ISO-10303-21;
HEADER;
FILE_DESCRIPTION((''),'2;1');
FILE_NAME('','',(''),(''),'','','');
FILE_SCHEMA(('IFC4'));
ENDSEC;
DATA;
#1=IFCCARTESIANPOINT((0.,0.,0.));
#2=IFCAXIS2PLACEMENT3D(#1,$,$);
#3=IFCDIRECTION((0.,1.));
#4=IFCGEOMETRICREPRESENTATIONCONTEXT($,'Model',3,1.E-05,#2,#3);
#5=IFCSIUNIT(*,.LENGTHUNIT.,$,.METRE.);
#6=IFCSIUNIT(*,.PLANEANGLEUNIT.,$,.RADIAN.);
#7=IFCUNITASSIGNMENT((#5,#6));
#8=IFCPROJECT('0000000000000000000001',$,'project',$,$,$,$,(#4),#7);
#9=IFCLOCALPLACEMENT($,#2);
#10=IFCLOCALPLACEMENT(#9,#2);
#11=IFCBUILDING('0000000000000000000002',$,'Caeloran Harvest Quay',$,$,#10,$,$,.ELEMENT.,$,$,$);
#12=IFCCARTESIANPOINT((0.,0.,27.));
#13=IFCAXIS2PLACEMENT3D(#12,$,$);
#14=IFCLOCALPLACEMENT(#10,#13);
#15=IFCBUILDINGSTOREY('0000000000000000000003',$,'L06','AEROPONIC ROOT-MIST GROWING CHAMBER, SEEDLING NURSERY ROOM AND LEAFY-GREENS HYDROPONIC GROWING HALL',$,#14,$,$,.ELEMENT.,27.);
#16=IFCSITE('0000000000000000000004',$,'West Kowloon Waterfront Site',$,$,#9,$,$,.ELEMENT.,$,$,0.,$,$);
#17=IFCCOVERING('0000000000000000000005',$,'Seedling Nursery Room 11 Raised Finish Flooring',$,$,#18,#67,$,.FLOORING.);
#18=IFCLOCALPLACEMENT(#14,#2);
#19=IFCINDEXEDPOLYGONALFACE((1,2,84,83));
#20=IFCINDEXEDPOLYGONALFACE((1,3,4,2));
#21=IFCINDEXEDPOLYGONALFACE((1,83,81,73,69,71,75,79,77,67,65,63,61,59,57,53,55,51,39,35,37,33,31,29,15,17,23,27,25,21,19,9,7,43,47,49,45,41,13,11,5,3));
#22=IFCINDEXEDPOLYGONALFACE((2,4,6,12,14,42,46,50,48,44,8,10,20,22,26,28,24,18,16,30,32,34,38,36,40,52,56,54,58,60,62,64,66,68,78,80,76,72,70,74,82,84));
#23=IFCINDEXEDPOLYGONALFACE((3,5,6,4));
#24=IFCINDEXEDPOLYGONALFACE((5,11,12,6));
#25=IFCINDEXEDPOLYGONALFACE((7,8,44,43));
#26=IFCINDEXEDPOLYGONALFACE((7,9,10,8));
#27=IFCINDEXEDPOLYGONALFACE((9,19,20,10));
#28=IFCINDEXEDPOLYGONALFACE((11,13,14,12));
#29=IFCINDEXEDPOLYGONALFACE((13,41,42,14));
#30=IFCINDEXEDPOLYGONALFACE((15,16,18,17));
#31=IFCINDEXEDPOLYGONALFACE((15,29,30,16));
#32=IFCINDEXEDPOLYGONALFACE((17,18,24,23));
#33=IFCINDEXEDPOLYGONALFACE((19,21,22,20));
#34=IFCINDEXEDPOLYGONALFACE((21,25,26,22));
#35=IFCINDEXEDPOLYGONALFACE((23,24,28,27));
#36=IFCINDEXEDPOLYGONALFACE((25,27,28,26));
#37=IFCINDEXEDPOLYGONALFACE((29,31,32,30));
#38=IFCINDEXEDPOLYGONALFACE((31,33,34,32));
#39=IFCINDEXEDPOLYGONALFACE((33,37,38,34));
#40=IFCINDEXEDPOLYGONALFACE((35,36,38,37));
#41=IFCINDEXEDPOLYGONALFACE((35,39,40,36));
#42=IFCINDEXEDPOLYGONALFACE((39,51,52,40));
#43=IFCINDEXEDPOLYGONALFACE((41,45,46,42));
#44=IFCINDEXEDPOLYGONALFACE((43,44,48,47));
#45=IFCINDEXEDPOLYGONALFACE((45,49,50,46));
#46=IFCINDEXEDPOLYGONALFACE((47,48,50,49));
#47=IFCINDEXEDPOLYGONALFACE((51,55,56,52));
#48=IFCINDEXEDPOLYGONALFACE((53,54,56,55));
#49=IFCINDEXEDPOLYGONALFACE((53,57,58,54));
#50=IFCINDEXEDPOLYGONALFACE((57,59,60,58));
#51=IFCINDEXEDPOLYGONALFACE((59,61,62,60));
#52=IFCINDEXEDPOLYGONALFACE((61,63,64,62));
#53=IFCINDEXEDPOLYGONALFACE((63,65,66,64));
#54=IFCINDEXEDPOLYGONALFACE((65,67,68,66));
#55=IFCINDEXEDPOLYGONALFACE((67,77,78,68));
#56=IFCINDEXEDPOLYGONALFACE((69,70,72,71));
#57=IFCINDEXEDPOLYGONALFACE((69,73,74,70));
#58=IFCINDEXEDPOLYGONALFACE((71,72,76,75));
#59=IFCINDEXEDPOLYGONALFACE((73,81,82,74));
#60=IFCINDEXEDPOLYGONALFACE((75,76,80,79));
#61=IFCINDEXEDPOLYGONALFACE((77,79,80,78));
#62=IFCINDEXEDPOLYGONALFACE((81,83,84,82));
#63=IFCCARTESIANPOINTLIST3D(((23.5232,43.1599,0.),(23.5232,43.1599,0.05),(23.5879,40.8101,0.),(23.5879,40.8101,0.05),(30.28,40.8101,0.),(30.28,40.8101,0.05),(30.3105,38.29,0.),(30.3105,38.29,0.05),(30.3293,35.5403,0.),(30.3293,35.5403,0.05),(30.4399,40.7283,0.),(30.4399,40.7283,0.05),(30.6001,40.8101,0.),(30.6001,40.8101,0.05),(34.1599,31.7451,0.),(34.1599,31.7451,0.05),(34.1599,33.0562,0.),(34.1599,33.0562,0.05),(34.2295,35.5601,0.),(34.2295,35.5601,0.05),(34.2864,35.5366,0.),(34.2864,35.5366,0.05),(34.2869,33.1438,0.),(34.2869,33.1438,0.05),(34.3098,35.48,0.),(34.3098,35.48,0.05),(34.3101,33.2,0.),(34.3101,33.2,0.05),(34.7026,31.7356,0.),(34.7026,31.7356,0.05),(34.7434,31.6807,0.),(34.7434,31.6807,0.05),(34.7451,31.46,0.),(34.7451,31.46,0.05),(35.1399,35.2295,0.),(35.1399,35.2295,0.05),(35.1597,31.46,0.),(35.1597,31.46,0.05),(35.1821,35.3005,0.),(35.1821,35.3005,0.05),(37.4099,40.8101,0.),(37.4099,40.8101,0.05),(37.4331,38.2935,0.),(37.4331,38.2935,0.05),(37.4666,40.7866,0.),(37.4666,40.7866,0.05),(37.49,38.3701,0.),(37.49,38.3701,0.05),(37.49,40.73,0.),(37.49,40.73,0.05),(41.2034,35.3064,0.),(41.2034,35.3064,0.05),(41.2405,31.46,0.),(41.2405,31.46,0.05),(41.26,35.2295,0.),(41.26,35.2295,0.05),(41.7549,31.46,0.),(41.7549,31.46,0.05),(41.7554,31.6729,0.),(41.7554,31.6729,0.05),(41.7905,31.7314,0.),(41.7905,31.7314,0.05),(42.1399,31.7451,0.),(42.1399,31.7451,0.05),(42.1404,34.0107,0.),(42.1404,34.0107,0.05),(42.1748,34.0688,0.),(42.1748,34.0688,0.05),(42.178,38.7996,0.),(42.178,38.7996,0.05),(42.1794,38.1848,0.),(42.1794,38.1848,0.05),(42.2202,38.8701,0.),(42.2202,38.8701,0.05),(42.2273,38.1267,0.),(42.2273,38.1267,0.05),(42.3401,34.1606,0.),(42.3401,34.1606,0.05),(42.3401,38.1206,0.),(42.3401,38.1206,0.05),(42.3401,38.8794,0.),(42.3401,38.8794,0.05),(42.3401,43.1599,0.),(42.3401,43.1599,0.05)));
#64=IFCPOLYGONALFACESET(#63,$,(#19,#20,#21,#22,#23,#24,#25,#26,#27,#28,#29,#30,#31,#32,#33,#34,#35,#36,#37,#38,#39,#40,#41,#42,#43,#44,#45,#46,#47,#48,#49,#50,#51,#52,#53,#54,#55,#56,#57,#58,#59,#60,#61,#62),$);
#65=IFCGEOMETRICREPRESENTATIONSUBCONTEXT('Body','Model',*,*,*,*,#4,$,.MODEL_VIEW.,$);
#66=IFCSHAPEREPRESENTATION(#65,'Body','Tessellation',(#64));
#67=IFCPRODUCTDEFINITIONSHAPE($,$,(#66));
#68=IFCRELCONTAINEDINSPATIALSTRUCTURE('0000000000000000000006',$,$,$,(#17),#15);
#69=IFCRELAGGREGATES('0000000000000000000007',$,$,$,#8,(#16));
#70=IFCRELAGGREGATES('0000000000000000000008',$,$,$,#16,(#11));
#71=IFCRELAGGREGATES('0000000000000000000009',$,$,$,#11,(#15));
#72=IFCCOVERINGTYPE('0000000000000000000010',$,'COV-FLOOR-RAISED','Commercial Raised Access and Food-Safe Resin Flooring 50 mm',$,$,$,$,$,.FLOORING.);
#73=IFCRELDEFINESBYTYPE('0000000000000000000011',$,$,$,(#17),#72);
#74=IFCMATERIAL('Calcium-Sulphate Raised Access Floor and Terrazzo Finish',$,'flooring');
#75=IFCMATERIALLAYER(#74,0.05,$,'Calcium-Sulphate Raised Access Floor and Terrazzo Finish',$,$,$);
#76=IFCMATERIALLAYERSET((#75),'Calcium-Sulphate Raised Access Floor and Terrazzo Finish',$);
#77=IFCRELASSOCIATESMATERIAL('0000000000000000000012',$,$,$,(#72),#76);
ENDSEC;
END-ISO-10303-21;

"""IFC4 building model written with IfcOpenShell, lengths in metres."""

from ifc_helpers import new_model, si_unit, direction, frame, origin, place, context, subcontext, project, spatial, polyline, outline, extrude, material, layer, layer_set, type_object, element, save


model = new_model("IFC4")

# Units and contexts
model_context = context("Model", 3, precision=1e-05, world=origin(), true_north=direction((0.0, 1.0)))
body_context = subcontext(model_context, "Body", "Model", "MODEL_VIEW")
ifc_project = project(units=[si_unit("LENGTHUNIT", "METRE"), si_unit("PLANEANGLEUNIT", "RADIAN")], contexts=[model_context])

# Site, building, storey
site_placement = place(None, origin())
site = spatial("IfcSite", under=ifc_project, at=site_placement, Name="West Kowloon Waterfront Site", CompositionType="ELEMENT", RefElevation=0.0)
building_placement = place(site_placement, origin())
building = spatial("IfcBuilding", under=site, at=building_placement, Name="Caeloran Harvest Quay", CompositionType="ELEMENT")
storey_placement = place(building_placement, frame((0.0, 0.0, 27.0)))
storey = spatial("IfcBuildingStorey", under=building, at=storey_placement, Name="L06", Description="AEROPONIC ROOT-MIST GROWING CHAMBER, SEEDLING NURSERY ROOM AND LEAFY-GREENS HYDROPONIC GROWING HALL", CompositionType="ELEMENT", Elevation=27.0)

# Covering
ifc_material_1 = material(Name="Calcium-Sulphate Raised Access Floor and Terrazzo Finish", Category="flooring")
ifc_layer_1 = layer(ifc_material_1, 0.05, Name="Calcium-Sulphate Raised Access Floor and Terrazzo Finish")
ifc_layer_set_1 = layer_set([ifc_layer_1], Name="Calcium-Sulphate Raised Access Floor and Terrazzo Finish")
covering_type_1 = type_object("IfcCoveringType", Name="COV-FLOOR-RAISED", Description="Commercial Raised Access and Food-Safe Resin Flooring 50 mm", PredefinedType="FLOORING", material=ifc_layer_set_1)
covering_1_placement = place(storey_placement, origin())
element("IfcCovering", 1, at=covering_1_placement, inside=storey, type_object=covering_type_1, Name="Seedling Nursery Room 11 Raised Finish Flooring", PredefinedType="FLOORING", context=body_context, shape_type="SweptSolid", body=[
    extrude(outline(polyline([(37.49, 40.73), (37.4666, 40.7866), (37.4099, 40.8101), (30.6001, 40.8101), (30.4399, 40.7283), (30.28, 40.8101), (23.5879, 40.8101), (23.5232, 43.1599), (42.3401, 43.1599), (42.3401, 38.8794), (42.2202, 38.8701), (42.178, 38.7996), (42.1794, 38.1848), (42.2273, 38.1267), (42.3401, 38.1206), (42.3401, 34.1606), (42.1748, 34.0688), (42.1404, 34.0107), (42.1399, 31.7451), (41.7905, 31.7314), (41.7554, 31.6729), (41.7549, 31.46), (41.2405, 31.46), (41.26, 35.2295), (41.2034, 35.3064), (35.1821, 35.3005), (35.1399, 35.2295), (35.1597, 31.46), (34.7451, 31.46), (34.7434, 31.6807), (34.7026, 31.7356), (34.1599, 31.7451), (34.1599, 33.0562), (34.2869, 33.1438), (34.3101, 33.2), (34.3098, 35.48), (34.2864, 35.5366), (34.2295, 35.5601), (30.3293, 35.5403), (30.3105, 38.29), (37.4331, 38.2935), (37.49, 38.3701), (37.49, 40.73)])), origin(), (0.0, 0.0, 1.0), 0.05),
])

save(model, "model.ifc")
